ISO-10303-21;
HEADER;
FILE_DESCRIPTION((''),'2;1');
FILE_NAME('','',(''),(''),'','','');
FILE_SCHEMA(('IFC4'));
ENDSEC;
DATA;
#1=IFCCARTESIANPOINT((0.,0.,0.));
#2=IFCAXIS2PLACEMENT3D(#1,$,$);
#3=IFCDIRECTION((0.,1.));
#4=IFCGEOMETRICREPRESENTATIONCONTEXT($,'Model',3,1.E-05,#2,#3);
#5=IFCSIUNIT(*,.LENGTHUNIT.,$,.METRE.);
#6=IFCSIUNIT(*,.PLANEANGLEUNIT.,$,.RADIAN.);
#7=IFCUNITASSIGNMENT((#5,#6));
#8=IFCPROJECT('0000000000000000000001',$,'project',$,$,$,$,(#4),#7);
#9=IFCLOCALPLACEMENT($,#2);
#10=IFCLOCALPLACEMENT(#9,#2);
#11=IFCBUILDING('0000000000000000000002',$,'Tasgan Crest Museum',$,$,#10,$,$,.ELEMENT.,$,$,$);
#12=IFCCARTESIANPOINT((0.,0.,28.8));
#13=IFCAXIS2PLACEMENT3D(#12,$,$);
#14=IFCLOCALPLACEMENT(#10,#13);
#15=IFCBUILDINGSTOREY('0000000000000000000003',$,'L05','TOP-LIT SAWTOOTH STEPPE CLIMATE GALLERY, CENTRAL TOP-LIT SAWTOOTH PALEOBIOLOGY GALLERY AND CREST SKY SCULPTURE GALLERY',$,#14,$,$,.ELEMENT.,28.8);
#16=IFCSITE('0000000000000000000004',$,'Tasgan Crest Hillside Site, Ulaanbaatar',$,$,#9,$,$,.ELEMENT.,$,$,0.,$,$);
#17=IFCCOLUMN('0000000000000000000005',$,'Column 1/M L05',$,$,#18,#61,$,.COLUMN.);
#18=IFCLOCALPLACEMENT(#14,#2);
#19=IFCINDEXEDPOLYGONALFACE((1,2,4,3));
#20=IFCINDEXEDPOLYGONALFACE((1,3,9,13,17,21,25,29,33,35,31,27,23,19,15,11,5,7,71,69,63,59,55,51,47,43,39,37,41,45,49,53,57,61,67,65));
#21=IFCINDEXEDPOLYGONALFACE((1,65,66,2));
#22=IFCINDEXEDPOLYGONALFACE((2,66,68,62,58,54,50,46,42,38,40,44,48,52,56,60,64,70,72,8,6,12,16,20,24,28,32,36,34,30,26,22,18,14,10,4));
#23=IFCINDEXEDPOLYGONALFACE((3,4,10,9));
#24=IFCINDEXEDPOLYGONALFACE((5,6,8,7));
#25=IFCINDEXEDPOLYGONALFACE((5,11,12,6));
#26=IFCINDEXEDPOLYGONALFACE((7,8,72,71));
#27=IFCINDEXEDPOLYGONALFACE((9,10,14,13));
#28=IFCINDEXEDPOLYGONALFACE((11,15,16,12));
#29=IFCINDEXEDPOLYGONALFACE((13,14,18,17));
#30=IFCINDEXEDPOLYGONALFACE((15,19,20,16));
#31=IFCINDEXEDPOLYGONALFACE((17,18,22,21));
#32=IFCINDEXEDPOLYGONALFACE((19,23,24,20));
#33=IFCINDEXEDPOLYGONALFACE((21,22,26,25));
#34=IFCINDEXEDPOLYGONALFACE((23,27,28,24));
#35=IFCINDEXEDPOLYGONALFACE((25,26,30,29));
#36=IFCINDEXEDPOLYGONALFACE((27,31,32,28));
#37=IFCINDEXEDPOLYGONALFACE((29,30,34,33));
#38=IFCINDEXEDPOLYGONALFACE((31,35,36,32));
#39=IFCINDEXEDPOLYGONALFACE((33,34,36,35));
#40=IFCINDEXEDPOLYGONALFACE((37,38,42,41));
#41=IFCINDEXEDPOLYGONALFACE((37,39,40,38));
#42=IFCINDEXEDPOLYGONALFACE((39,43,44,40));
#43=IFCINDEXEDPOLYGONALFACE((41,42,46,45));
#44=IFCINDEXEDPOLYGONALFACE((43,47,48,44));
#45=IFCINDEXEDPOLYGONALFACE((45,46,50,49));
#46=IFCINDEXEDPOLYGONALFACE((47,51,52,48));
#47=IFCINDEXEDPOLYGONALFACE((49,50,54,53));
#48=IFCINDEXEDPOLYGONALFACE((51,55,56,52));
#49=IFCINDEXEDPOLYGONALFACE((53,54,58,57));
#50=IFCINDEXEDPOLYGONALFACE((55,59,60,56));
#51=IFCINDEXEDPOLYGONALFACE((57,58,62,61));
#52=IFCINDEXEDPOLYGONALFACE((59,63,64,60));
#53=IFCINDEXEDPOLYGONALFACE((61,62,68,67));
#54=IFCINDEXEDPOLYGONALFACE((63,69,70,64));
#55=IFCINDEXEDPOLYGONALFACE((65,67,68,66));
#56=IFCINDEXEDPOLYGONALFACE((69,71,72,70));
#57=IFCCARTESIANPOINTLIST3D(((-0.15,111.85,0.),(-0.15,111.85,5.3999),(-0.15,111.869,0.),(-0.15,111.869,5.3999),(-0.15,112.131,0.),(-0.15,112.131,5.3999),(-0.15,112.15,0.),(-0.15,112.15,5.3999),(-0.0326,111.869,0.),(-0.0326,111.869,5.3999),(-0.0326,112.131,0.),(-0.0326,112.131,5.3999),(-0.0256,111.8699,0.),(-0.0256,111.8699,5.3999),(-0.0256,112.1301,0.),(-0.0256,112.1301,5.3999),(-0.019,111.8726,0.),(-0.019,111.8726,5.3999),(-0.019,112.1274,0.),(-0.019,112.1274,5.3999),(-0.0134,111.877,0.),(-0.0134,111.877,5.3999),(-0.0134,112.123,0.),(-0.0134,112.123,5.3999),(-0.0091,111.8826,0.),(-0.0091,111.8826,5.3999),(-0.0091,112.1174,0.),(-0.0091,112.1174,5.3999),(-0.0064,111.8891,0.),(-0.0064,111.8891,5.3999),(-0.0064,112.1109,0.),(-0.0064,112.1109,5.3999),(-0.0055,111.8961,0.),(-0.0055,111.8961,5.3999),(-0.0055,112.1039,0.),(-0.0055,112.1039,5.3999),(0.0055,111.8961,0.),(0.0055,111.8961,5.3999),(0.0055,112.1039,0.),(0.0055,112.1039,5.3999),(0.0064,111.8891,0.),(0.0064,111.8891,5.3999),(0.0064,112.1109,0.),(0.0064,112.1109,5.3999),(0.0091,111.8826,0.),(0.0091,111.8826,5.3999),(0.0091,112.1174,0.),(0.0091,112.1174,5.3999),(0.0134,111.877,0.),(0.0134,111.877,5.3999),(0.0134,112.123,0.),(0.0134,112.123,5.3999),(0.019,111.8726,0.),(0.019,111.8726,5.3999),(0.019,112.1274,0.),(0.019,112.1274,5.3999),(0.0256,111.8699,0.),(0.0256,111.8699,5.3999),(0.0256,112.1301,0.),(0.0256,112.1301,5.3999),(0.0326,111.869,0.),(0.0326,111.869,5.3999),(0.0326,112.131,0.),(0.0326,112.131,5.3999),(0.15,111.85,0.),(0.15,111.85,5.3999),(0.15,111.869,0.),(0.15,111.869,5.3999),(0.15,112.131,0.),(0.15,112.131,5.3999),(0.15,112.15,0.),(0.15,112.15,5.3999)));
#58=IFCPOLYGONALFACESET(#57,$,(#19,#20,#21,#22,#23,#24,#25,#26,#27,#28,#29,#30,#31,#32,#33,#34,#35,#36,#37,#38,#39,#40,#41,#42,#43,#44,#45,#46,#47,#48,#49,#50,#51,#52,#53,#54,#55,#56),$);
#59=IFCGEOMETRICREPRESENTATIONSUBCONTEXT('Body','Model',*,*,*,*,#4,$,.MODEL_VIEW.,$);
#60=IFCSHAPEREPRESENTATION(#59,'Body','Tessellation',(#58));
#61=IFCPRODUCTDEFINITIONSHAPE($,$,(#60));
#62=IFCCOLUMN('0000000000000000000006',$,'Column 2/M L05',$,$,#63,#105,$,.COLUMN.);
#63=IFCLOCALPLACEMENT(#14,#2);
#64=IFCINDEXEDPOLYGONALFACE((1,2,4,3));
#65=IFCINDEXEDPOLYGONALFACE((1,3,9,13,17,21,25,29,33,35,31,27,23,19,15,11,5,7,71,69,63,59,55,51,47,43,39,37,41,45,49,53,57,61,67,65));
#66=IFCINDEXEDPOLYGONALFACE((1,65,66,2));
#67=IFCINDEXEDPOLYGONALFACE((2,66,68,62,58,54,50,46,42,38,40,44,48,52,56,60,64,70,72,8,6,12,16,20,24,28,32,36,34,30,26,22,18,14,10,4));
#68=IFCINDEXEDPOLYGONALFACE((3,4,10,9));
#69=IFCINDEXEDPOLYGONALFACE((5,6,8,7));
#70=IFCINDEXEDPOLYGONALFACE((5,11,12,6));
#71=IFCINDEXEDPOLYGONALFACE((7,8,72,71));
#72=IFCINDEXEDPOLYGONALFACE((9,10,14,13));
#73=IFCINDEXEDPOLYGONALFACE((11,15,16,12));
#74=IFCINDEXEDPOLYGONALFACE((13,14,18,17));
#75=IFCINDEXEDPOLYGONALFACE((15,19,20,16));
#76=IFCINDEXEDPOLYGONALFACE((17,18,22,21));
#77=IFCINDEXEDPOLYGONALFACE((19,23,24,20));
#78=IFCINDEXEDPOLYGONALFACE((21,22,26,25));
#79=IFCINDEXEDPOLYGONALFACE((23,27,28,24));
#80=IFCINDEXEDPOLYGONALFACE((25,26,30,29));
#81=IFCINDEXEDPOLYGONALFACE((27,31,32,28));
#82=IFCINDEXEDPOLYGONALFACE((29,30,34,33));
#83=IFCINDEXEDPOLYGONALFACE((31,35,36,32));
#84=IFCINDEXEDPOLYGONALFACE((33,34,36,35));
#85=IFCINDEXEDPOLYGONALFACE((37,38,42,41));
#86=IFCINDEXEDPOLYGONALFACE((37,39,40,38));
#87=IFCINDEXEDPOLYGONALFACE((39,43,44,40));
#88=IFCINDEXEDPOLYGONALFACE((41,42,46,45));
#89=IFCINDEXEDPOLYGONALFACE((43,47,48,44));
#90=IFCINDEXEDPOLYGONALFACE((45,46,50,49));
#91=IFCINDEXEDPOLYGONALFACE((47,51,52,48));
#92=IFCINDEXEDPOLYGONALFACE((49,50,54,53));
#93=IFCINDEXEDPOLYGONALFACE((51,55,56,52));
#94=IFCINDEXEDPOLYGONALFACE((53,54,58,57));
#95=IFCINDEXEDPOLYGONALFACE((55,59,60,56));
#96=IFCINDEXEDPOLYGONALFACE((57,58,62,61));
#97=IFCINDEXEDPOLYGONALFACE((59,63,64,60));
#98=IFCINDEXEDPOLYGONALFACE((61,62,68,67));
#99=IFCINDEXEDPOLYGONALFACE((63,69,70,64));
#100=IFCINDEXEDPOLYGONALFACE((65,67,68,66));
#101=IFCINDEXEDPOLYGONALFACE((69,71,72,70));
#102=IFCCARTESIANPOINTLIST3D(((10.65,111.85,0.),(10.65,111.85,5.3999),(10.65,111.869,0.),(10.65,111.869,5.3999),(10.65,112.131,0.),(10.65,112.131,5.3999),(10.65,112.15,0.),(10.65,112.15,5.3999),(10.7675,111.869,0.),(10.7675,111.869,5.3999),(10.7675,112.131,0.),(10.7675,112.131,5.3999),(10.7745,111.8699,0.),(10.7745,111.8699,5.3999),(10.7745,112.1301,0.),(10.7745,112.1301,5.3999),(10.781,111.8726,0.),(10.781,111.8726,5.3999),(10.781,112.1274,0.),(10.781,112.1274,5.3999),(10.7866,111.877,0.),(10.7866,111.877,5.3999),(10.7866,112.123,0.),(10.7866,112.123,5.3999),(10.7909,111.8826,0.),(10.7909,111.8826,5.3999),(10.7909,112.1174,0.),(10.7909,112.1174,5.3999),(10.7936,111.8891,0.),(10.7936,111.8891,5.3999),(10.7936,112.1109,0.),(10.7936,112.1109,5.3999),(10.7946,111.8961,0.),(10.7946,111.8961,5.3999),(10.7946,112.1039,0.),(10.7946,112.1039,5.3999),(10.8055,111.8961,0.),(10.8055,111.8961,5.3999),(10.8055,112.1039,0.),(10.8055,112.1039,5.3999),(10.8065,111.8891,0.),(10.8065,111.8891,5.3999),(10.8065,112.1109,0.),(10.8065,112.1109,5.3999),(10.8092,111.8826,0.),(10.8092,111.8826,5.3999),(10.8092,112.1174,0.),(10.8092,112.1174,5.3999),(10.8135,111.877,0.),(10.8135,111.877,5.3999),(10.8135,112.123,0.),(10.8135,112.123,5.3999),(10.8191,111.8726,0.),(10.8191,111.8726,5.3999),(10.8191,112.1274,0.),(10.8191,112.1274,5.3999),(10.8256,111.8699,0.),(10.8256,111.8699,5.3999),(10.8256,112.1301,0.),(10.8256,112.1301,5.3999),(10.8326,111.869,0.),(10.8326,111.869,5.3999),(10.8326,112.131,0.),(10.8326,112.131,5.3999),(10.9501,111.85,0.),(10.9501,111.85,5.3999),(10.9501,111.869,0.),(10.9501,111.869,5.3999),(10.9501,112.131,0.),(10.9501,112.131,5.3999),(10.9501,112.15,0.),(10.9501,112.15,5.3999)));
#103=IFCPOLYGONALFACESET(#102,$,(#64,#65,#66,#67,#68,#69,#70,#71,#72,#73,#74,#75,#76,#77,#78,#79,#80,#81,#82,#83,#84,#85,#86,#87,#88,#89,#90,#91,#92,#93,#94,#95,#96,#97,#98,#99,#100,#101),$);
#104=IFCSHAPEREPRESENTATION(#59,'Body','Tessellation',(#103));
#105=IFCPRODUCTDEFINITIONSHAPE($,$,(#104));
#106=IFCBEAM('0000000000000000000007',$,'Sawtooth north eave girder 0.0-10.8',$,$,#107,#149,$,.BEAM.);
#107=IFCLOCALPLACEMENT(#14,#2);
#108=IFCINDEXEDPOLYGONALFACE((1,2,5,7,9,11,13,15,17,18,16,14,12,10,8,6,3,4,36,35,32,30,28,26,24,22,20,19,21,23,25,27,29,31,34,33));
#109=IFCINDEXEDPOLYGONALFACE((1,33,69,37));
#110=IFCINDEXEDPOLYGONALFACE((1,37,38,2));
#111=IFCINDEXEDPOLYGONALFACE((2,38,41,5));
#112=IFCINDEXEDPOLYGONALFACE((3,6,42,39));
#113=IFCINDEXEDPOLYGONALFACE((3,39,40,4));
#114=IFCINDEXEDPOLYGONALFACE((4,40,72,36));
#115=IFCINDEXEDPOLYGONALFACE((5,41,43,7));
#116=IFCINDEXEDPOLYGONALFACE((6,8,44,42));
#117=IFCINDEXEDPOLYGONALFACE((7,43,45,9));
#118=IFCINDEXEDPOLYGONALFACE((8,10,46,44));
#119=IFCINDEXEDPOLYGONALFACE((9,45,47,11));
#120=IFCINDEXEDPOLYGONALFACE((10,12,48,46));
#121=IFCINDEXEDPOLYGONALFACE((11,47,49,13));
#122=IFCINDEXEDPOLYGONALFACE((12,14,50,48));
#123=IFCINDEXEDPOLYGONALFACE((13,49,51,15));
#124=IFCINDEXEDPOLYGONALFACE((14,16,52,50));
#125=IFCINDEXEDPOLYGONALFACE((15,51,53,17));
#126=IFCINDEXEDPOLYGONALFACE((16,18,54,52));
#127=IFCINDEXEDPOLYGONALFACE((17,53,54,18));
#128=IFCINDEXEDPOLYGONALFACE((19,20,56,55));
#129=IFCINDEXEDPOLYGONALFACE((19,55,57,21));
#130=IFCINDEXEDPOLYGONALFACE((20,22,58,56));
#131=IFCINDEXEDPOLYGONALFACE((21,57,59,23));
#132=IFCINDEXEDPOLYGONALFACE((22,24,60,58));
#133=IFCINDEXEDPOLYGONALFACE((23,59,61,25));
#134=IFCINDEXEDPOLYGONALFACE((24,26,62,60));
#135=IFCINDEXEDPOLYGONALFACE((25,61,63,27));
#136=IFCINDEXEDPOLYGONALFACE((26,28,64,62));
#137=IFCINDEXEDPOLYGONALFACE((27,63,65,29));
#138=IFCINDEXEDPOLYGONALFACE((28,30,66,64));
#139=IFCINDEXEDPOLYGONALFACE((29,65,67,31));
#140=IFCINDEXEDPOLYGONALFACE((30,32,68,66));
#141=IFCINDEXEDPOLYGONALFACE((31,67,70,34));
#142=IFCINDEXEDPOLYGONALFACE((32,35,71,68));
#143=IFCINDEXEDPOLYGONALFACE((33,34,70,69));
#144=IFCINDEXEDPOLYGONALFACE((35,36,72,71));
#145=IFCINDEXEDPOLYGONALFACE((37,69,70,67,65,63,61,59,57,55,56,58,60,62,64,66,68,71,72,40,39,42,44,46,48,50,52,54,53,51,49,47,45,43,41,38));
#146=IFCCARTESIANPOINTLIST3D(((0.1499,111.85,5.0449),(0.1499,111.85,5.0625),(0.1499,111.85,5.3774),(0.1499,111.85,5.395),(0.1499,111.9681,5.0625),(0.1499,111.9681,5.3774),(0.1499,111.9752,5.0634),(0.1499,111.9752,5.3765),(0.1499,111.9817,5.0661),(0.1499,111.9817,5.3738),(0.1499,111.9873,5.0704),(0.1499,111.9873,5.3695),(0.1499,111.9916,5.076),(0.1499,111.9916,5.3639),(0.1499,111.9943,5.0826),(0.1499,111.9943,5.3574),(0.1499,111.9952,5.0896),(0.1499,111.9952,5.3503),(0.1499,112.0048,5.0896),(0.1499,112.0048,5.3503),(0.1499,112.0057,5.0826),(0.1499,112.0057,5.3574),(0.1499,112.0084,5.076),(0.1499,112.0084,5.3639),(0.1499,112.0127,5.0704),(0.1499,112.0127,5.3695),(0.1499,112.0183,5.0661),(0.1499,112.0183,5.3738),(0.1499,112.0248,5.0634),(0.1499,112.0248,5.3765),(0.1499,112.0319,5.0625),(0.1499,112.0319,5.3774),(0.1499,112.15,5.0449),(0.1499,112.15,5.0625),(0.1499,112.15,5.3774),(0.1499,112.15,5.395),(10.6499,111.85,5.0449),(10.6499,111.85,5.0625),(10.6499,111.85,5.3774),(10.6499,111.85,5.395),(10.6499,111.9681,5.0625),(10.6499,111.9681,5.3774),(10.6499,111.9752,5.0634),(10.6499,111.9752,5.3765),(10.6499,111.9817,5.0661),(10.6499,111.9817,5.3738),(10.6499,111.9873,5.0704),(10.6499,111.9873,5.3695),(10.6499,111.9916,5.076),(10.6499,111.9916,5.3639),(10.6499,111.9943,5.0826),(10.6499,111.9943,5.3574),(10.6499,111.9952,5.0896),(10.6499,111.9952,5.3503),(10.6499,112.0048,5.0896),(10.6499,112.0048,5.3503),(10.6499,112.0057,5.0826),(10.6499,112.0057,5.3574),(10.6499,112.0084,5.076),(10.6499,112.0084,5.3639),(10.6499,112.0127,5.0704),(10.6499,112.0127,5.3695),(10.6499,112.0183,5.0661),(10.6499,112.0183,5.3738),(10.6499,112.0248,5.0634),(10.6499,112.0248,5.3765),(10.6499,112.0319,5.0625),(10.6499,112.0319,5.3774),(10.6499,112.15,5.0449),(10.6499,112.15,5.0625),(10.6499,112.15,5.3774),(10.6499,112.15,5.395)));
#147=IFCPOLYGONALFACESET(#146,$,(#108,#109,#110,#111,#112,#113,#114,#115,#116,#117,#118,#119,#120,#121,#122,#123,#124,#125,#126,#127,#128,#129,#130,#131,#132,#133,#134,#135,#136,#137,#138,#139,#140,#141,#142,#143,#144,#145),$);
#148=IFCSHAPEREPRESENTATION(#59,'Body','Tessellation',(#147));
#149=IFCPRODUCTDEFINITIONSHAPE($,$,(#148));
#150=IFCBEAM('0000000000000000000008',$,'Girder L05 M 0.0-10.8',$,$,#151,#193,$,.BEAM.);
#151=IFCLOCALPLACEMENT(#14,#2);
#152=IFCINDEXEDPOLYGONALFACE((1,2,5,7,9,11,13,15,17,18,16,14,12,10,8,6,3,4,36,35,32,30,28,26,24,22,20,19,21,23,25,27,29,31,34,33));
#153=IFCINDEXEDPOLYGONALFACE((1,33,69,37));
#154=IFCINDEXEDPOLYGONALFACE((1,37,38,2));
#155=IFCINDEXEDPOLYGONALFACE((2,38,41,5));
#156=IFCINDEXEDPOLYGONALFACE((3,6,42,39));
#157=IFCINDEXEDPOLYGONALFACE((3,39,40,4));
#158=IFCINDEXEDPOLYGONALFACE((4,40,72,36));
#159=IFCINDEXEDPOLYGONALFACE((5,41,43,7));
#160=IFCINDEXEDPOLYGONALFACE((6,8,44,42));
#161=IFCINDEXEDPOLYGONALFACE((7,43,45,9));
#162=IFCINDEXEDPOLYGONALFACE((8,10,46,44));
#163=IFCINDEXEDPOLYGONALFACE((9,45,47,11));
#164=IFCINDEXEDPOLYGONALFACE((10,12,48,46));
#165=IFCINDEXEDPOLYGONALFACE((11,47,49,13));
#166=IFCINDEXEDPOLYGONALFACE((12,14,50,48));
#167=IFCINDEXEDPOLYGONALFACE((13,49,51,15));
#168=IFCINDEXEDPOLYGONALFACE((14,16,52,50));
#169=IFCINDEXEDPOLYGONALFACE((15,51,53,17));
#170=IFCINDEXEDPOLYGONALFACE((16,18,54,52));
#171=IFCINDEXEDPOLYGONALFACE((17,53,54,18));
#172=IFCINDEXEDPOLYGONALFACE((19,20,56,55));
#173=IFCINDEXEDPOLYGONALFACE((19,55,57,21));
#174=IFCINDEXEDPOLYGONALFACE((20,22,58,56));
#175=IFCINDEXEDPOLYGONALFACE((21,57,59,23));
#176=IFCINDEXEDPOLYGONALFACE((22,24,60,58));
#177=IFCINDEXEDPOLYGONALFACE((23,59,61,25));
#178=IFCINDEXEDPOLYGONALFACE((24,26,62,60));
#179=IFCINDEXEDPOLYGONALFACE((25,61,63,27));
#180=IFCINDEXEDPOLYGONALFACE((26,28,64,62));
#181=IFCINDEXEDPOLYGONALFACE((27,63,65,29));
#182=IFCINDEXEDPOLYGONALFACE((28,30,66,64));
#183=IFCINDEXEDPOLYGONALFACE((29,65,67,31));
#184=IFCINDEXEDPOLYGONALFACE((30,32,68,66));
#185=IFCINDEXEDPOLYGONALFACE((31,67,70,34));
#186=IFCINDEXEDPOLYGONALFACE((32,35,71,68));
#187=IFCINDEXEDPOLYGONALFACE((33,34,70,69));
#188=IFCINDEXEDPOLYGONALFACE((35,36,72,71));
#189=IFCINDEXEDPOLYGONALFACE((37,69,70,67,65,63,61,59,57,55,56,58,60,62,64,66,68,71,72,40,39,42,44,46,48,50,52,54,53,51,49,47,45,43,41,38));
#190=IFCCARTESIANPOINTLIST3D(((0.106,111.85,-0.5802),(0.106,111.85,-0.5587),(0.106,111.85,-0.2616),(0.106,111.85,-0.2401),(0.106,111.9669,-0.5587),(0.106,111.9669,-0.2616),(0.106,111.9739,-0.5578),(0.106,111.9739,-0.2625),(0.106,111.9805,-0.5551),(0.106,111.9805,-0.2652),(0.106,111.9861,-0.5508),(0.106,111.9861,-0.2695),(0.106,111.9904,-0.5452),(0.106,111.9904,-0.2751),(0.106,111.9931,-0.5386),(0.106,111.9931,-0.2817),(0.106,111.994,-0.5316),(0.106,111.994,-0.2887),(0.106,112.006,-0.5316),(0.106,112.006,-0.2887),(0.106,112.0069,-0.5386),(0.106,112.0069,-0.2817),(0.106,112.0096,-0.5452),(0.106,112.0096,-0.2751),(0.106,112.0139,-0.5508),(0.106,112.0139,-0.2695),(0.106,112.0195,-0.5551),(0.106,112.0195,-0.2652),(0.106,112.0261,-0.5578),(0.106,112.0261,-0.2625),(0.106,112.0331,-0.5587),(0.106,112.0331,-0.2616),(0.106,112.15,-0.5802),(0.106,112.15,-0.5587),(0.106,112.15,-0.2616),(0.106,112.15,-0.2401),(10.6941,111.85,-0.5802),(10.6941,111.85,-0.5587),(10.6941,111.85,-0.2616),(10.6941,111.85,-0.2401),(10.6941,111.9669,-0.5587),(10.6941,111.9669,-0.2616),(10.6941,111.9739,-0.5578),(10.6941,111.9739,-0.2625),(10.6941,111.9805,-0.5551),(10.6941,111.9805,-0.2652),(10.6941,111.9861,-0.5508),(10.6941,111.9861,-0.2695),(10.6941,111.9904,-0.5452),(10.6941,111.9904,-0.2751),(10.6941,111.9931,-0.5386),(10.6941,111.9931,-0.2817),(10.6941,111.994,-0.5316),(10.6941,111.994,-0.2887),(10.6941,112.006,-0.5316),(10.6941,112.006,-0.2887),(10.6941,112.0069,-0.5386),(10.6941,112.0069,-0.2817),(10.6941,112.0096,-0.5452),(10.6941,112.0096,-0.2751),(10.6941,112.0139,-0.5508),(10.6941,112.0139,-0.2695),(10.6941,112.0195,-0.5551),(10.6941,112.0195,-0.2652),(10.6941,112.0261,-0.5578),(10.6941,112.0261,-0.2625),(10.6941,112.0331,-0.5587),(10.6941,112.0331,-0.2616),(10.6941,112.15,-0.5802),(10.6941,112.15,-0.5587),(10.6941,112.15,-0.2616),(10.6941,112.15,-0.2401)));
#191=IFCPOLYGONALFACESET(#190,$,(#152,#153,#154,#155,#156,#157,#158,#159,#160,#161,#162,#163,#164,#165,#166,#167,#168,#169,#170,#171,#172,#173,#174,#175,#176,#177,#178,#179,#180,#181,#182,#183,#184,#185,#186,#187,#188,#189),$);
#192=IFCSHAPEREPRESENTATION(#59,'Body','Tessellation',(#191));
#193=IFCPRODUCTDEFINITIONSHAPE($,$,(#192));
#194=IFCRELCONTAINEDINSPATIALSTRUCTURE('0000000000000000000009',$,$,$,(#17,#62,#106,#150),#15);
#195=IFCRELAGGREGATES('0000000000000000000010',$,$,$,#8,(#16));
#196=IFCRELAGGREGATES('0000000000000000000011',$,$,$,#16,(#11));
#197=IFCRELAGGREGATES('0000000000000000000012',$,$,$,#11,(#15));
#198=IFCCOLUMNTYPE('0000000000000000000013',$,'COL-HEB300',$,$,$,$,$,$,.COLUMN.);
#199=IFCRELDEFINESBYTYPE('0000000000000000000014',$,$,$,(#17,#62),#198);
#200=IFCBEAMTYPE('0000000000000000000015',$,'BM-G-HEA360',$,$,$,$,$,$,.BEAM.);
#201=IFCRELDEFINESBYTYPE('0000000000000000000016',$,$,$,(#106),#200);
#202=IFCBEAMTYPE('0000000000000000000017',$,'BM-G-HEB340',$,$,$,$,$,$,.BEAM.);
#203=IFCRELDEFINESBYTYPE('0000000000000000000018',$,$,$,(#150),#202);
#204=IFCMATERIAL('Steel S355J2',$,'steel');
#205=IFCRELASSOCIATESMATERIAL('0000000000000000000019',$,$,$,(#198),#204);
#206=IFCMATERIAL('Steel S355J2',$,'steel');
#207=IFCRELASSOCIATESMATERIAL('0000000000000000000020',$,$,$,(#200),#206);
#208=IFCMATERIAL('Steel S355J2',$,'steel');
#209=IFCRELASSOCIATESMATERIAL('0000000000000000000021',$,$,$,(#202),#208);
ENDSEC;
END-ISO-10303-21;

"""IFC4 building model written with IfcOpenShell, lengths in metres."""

from ifc_helpers import new_model, si_unit, direction, frame, origin, origin_2d, place, context, subcontext, project, spatial, i_section, extrude, material, material_profile, profile_set, type_object, element, save


model = new_model("IFC4")

# Units and contexts
model_context = context("Model", 3, precision=1e-05, world=origin(), true_north=direction((0.0, 1.0)))
body_context = subcontext(model_context, "Body", "Model", "MODEL_VIEW")
ifc_project = project(units=[si_unit("LENGTHUNIT", "METRE"), si_unit("PLANEANGLEUNIT", "RADIAN")], contexts=[model_context])

# Site, building, storey
site_placement = place(None, origin())
site = spatial("IfcSite", under=ifc_project, at=site_placement, Name="Tasgan Crest Hillside Site, Ulaanbaatar", CompositionType="ELEMENT", RefElevation=0.0)
building_placement = place(site_placement, origin())
building = spatial("IfcBuilding", under=site, at=building_placement, Name="Tasgan Crest Museum", CompositionType="ELEMENT")
storey_placement = place(building_placement, frame((0.0, 0.0, 28.8)))
storey = spatial("IfcBuildingStorey", under=building, at=storey_placement, Name="L05", Description="TOP-LIT SAWTOOTH STEPPE CLIMATE GALLERY, CENTRAL TOP-LIT SAWTOOTH PALEOBIOLOGY GALLERY AND CREST SKY SCULPTURE GALLERY", CompositionType="ELEMENT", Elevation=28.8)

# Columns
ifc_material_1 = material(Name="Steel S355J2", Category="steel")
ifc_material_profile_1 = material_profile(ifc_material_1, i_section(OverallWidth=0.3, OverallDepth=0.3, WebThickness=0.011, FlangeThickness=0.019, FilletRadius=0.0271, at=origin_2d()), Name="HEB 300")
ifc_profile_set_1 = profile_set([ifc_material_profile_1], Name="Steel S355J2")
column_type = type_object("IfcColumnType", Name="COL-HEB300", PredefinedType="COLUMN", material=ifc_profile_set_1)
for number, where, z_axis, x_axis, name in (
    (1, (0.0, 112.0, 0.0), (0.0, 0.0, 1.0), (1.0, 0.0, 0.0), "Column 1/M L05"),
    (2, (10.8, 112.0, 0.0), (0.0, 0.0, 1.0), (1.0, 0.0, 0.0), "Column 2/M L05"),
):
    element("IfcColumn", number, at=place(storey_placement, frame(where, z_axis=z_axis, x_axis=x_axis)), inside=storey, type_object=column_type, Name=name, PredefinedType="COLUMN", context=body_context, shape_type="SweptSolid", body=[
        extrude(i_section(OverallWidth=0.3, OverallDepth=0.3, WebThickness=0.011, FlangeThickness=0.019, FilletRadius=0.0271, at=origin_2d()), origin(), (0.0, 0.0, 1.0), 5.3999),
    ])

# Beams
ifc_material_2 = material(Name="Steel S355J2", Category="steel")
ifc_material_profile_2 = material_profile(ifc_material_2, i_section(OverallWidth=0.3, OverallDepth=0.3501, WebThickness=0.0095, FlangeThickness=0.0176, FilletRadius=0.0271, at=origin_2d()), Name="HEA 360")
ifc_profile_set_2 = profile_set([ifc_material_profile_2], Name="Steel S355J2")
beam_type_1 = type_object("IfcBeamType", Name="BM-G-HEA360", PredefinedType="BEAM", material=ifc_profile_set_2)
beam_1_placement = place(storey_placement, frame((0.1499, 112.0, 5.22), z_axis=(1.0, 0.0, 0.0), x_axis=(0.0, 1.0, 0.0)))
element("IfcBeam", 3, at=beam_1_placement, inside=storey, type_object=beam_type_1, Name="Sawtooth north eave girder 0.0-10.8", PredefinedType="BEAM", context=body_context, shape_type="SweptSolid", body=[
    extrude(i_section(OverallWidth=0.3, OverallDepth=0.3501, WebThickness=0.0095, FlangeThickness=0.0176, FilletRadius=0.0271, at=origin_2d()), origin(), (0.0, 0.0, 1.0), 10.5),
])
ifc_material_3 = material(Name="Steel S355J2", Category="steel")
ifc_material_profile_3 = material_profile(ifc_material_3, i_section(OverallWidth=0.3, OverallDepth=0.3401, WebThickness=0.012, FlangeThickness=0.0215, FilletRadius=0.0271, at=origin_2d()), Name="HEB 340")
ifc_profile_set_3 = profile_set([ifc_material_profile_3], Name="Steel S355J2")
beam_type_2 = type_object("IfcBeamType", Name="BM-G-HEB340", PredefinedType="BEAM", material=ifc_profile_set_3)
beam_2_placement = place(storey_placement, frame((0.106, 112.0, -0.4102), z_axis=(1.0, 0.0, 0.0), x_axis=(0.0, 1.0, 0.0)))
element("IfcBeam", 4, at=beam_2_placement, inside=storey, type_object=beam_type_2, Name="Girder L05 M 0.0-10.8", PredefinedType="BEAM", context=body_context, shape_type="SweptSolid", body=[
    extrude(i_section(OverallWidth=0.3, OverallDepth=0.3401, WebThickness=0.012, FlangeThickness=0.0215, FilletRadius=0.0271, at=origin_2d()), origin(), (0.0, 0.0, 1.0), 10.5881),
])

save(model, "model.ifc")
